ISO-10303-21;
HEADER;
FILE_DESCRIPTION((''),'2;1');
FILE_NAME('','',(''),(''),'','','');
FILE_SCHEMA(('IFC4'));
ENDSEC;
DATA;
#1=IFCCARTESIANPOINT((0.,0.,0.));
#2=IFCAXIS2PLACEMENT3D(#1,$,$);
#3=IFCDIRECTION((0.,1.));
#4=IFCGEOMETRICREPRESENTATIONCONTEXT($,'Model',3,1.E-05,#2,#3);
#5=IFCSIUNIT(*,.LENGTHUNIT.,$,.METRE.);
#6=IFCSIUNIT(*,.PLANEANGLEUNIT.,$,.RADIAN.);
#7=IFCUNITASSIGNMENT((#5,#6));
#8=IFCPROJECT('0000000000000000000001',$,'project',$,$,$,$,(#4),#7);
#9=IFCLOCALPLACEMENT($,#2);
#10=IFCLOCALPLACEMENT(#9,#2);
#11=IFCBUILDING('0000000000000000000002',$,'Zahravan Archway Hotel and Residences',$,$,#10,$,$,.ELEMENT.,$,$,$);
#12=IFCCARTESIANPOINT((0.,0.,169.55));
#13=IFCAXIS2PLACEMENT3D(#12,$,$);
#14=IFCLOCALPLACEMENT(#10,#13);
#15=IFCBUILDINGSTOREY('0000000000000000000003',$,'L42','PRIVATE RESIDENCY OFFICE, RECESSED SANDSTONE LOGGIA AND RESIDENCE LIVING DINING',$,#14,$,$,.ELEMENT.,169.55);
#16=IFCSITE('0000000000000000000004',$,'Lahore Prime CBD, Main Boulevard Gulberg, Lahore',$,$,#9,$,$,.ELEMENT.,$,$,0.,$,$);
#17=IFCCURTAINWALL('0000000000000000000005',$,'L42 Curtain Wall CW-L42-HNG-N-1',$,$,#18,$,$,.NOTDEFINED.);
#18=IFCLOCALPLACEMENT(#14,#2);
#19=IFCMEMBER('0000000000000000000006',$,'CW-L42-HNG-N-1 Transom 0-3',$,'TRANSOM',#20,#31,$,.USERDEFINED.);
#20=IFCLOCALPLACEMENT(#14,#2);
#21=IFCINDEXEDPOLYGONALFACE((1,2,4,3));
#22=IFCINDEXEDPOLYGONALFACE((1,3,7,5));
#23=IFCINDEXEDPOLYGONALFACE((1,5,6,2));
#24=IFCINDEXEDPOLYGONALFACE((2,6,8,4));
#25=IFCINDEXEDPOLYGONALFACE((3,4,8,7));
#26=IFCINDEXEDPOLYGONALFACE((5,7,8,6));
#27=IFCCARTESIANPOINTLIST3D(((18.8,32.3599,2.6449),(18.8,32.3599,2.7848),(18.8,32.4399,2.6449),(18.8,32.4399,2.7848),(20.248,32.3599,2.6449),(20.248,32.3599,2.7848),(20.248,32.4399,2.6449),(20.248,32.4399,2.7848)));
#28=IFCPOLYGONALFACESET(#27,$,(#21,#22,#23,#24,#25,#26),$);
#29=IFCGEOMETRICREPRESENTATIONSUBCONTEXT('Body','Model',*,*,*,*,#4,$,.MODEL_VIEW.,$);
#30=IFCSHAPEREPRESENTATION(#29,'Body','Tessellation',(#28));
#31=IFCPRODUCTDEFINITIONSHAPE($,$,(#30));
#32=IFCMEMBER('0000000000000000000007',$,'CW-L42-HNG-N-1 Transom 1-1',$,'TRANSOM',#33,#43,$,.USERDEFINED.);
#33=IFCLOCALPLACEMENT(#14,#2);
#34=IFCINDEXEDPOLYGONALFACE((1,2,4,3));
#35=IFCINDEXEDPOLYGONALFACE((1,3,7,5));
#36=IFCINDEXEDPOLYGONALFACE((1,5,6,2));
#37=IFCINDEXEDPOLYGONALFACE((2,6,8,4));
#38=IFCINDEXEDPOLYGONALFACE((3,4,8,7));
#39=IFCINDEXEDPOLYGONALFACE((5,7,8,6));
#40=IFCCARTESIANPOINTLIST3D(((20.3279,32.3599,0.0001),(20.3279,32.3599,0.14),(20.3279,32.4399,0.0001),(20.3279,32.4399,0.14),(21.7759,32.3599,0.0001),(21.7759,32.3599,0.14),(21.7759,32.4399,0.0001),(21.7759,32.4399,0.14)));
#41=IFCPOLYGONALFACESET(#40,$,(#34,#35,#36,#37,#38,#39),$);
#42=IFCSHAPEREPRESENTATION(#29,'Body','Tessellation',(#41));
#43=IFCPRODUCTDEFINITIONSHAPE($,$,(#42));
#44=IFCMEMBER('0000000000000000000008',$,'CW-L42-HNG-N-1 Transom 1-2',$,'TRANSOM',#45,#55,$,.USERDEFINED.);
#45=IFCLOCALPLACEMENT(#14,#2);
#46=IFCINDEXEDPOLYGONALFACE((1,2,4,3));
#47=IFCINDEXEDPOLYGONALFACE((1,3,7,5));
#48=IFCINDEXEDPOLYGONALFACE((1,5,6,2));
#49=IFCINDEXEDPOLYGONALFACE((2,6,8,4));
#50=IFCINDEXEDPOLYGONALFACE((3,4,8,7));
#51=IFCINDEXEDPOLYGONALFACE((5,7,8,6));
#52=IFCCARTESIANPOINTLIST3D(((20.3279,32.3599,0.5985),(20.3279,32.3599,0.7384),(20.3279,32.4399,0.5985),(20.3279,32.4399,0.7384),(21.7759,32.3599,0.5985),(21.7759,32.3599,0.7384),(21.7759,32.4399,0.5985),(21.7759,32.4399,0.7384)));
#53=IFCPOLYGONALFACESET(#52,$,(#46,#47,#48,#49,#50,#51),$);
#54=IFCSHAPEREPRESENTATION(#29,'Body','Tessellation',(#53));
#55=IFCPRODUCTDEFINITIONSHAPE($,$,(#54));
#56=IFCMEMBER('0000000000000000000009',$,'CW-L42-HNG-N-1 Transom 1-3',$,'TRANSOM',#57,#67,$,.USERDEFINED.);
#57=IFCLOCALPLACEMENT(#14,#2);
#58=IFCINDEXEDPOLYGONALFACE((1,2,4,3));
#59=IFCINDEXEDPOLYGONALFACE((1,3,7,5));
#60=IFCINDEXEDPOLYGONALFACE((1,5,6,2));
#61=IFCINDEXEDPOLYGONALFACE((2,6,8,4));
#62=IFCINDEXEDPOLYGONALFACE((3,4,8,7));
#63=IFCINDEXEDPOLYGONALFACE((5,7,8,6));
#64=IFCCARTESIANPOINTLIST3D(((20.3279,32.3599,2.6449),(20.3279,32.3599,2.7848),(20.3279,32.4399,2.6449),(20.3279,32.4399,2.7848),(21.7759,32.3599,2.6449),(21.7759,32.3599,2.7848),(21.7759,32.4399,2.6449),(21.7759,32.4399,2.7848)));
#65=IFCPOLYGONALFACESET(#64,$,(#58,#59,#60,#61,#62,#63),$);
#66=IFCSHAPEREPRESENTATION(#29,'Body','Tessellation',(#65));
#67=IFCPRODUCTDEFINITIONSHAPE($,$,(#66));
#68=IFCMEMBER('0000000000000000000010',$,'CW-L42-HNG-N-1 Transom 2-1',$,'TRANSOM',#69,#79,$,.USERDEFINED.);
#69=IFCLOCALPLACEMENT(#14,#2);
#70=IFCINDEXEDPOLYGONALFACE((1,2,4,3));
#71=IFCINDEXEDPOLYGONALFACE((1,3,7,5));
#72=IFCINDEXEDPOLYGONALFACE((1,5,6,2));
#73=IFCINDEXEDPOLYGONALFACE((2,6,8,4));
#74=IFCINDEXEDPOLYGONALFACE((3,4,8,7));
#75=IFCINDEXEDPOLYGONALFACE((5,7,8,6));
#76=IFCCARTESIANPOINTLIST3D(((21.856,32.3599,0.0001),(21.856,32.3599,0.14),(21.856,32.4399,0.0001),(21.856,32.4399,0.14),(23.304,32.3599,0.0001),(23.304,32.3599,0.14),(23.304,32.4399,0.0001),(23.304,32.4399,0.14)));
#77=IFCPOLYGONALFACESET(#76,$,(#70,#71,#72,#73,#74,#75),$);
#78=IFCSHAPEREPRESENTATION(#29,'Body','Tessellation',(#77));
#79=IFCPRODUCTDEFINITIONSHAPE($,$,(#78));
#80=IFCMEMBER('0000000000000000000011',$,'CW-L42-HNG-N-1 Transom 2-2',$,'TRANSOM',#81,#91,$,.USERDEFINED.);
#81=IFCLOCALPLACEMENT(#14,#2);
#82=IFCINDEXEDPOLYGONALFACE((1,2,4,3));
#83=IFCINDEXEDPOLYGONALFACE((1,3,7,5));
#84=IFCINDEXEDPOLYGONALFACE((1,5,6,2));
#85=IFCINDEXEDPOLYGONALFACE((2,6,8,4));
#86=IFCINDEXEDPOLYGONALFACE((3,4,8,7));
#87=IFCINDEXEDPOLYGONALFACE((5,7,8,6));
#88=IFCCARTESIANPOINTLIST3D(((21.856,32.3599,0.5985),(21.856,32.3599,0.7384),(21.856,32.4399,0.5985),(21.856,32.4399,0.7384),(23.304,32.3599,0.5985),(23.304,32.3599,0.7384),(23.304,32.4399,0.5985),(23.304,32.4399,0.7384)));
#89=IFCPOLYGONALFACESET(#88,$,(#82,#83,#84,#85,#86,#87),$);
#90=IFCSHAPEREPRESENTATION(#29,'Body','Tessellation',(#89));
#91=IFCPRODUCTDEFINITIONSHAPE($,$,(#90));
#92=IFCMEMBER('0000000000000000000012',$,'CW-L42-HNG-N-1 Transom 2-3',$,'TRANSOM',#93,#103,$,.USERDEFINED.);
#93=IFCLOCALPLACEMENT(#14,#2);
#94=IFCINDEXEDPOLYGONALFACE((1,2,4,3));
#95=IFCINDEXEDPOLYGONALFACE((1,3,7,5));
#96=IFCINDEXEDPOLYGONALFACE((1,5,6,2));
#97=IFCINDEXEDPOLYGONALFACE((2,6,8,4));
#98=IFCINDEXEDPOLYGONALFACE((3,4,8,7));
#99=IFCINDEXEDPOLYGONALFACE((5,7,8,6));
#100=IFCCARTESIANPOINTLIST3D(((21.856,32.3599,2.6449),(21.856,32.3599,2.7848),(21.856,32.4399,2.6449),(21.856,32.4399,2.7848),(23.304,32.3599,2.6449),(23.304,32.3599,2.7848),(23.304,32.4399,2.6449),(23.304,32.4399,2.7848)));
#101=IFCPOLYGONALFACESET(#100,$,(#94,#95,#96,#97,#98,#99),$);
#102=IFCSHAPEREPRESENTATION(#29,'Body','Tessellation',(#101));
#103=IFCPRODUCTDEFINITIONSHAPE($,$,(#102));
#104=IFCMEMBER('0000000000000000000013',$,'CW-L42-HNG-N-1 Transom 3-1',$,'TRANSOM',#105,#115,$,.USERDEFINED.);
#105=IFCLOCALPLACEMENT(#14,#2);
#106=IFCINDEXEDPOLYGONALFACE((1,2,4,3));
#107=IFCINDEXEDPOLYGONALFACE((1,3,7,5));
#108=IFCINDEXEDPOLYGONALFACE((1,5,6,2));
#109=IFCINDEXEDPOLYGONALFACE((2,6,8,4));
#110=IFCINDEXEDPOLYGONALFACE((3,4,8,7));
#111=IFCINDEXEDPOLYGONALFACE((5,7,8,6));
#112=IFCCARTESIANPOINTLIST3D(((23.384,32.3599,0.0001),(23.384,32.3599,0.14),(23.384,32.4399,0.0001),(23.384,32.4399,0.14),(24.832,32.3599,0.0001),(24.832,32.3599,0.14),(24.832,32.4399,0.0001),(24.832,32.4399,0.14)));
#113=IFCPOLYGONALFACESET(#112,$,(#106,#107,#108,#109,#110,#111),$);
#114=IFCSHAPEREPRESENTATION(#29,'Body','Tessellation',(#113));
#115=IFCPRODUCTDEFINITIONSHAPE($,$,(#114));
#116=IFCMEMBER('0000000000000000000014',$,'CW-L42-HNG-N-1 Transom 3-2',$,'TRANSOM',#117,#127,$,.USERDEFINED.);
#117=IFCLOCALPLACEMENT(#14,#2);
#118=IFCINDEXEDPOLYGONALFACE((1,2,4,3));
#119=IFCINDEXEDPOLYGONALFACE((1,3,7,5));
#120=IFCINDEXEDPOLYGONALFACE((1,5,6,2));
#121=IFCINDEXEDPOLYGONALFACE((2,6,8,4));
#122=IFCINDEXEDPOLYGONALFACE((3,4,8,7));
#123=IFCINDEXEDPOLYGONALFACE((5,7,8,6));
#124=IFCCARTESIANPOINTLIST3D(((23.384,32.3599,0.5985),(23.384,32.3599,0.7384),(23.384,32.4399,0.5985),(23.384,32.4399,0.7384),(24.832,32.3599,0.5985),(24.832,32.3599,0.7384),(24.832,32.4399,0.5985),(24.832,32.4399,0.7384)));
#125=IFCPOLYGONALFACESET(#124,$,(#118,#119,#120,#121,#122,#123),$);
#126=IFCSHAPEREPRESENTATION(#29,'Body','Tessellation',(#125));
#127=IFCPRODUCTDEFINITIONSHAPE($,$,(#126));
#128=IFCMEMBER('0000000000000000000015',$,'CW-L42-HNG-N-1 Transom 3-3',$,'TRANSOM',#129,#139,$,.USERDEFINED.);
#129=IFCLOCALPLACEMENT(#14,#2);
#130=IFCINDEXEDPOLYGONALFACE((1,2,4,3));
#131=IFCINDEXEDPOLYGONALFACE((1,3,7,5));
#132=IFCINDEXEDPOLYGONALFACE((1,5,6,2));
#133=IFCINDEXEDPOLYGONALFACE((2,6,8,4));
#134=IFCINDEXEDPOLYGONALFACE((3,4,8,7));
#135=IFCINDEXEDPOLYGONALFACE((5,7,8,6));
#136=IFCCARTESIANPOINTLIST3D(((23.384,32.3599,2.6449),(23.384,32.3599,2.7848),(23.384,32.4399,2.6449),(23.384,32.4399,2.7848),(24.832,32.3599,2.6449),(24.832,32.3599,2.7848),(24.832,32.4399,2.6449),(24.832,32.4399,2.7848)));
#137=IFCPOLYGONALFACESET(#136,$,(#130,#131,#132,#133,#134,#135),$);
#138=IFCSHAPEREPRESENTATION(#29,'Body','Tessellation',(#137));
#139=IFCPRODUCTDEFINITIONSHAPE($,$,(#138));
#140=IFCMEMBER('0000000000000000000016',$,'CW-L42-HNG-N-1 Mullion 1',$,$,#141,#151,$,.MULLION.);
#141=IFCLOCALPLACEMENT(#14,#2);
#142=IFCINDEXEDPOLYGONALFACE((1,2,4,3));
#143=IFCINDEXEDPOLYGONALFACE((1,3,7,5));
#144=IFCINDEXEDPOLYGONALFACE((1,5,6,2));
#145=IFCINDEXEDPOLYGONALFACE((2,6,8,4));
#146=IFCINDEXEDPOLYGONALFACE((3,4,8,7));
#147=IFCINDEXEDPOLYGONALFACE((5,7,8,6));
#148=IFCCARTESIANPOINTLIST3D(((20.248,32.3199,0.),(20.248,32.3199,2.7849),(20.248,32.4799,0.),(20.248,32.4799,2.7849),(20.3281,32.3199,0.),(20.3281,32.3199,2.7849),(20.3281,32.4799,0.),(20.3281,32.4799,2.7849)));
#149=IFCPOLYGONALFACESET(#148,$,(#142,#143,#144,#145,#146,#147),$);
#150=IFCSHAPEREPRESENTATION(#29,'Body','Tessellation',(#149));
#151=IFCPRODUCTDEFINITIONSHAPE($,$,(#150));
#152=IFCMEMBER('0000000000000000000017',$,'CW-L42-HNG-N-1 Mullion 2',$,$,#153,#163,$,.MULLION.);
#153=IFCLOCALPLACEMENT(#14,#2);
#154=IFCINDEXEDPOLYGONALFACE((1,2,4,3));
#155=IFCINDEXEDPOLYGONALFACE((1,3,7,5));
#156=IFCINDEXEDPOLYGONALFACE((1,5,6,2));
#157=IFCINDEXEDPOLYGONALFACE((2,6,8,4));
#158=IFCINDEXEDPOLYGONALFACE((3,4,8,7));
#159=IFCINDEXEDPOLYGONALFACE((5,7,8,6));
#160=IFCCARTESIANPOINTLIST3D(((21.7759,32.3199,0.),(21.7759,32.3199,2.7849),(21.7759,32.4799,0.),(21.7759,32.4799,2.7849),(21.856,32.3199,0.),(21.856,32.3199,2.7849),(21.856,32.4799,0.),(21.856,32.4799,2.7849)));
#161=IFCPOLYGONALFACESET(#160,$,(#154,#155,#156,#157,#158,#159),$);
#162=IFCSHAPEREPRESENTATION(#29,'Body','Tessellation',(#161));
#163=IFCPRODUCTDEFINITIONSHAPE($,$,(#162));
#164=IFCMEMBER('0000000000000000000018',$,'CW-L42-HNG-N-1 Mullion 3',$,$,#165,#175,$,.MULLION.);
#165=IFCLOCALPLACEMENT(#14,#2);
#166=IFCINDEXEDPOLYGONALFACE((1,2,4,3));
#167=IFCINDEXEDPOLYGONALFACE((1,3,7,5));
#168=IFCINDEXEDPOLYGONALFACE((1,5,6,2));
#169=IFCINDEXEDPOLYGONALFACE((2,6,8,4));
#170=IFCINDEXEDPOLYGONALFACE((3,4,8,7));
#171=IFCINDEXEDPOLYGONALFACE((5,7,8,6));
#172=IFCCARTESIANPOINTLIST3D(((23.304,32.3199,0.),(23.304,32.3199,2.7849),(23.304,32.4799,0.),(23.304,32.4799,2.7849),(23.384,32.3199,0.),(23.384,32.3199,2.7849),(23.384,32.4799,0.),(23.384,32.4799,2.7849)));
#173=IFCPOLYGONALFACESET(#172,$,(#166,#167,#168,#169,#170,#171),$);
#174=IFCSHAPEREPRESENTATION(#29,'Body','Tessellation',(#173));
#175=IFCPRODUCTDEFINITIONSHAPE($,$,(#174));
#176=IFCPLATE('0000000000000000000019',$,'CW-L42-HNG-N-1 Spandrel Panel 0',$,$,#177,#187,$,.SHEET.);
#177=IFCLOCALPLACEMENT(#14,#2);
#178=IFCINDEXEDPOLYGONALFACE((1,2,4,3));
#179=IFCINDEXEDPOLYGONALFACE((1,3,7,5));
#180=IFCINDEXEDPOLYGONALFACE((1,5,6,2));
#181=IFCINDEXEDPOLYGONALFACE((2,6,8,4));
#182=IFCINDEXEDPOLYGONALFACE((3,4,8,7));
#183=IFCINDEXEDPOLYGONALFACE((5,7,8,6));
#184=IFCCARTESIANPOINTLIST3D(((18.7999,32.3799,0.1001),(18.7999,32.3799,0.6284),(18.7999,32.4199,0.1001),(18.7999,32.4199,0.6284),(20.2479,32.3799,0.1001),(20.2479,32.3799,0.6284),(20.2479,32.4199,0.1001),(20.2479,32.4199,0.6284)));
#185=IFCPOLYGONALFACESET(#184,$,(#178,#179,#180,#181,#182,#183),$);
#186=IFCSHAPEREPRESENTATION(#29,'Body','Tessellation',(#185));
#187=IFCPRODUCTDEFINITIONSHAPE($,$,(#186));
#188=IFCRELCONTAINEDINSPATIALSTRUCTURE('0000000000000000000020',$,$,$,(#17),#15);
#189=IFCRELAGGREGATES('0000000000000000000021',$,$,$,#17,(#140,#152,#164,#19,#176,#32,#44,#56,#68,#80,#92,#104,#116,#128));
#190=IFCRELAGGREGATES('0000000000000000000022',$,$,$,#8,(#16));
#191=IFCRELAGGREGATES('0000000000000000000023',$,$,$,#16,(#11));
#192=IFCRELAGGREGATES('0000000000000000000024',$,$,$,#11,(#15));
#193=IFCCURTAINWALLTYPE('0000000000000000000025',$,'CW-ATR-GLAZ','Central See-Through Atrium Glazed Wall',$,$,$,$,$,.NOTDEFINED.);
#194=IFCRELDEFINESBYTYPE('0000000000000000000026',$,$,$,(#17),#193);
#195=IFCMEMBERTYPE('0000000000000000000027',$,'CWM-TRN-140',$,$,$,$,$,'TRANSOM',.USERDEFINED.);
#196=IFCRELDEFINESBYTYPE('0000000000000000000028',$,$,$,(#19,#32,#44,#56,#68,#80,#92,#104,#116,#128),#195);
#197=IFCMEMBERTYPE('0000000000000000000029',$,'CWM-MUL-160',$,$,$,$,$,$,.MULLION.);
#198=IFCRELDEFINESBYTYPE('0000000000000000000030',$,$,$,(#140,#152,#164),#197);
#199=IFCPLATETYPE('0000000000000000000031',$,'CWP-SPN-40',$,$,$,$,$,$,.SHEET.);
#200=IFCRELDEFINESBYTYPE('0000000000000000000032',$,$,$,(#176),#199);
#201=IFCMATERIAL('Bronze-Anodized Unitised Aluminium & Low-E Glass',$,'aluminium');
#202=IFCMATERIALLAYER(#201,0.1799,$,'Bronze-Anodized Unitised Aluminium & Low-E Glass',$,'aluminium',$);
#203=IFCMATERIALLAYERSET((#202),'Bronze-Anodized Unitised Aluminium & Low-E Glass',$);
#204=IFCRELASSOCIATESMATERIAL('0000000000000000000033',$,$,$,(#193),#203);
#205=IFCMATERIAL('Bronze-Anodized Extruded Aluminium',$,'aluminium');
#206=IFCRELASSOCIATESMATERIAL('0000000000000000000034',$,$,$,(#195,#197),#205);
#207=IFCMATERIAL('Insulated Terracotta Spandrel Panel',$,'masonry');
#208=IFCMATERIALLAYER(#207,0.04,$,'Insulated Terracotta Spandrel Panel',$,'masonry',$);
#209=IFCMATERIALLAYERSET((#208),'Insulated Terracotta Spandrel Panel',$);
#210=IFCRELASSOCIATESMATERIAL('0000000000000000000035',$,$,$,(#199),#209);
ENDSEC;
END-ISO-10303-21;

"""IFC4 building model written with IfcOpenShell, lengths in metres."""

from ifc_helpers import new_model, si_unit, direction, frame, origin, origin_2d, place, context, subcontext, project, spatial, rectangle, extrude, source, transform, mapped, material, layer, layer_set, material_profile, profile_set, type_object, element, aggregate, save


model = new_model("IFC4")

# Units and contexts
model_context = context("Model", 3, precision=1e-05, world=origin(), true_north=direction((0.0, 1.0)))
body_context = subcontext(model_context, "Body", "Model", "MODEL_VIEW")
ifc_project = project(units=[si_unit("LENGTHUNIT", "METRE"), si_unit("PLANEANGLEUNIT", "RADIAN")], contexts=[model_context])

# Site, building, storey
site_placement = place(None, origin())
site = spatial("IfcSite", under=ifc_project, at=site_placement, Name="Lahore Prime CBD, Main Boulevard Gulberg, Lahore", CompositionType="ELEMENT", RefElevation=0.0)
building_placement = place(site_placement, origin())
building = spatial("IfcBuilding", under=site, at=building_placement, Name="Zahravan Archway Hotel and Residences", CompositionType="ELEMENT")
storey_placement = place(building_placement, frame((0.0, 0.0, 169.55)))
storey = spatial("IfcBuildingStorey", under=building, at=storey_placement, Name="L42", Description="PRIVATE RESIDENCY OFFICE, RECESSED SANDSTONE LOGGIA AND RESIDENCE LIVING DINING", CompositionType="ELEMENT", Elevation=169.55)

# Curtain wall, members, plate
ifc_material_1 = material(Name="Bronze-Anodized Unitised Aluminium & Low-E Glass", Category="aluminium")
ifc_layer_1 = layer(ifc_material_1, 0.1799, Name="Bronze-Anodized Unitised Aluminium & Low-E Glass", Category="aluminium")
ifc_layer_set_1 = layer_set([ifc_layer_1], Name="Bronze-Anodized Unitised Aluminium & Low-E Glass")
curtain_wall_type = type_object("IfcCurtainWallType", Name="CW-ATR-GLAZ", Description="Central See-Through Atrium Glazed Wall", PredefinedType="NOTDEFINED", material=ifc_layer_set_1)
curtain_wall_placement = place(storey_placement, origin())
curtain_wall = element("IfcCurtainWall", 1, at=curtain_wall_placement, inside=storey, type_object=curtain_wall_type, Name="L42 Curtain Wall CW-L42-HNG-N-1", PredefinedType="NOTDEFINED")
ifc_material_2 = material(Name="Bronze-Anodized Extruded Aluminium", Category="aluminium")
ifc_material_profile_1 = material_profile(ifc_material_2, rectangle(XDim=0.0801, YDim=0.1399, at=origin_2d()), Name="TRN 80x140", Category="aluminium")
ifc_profile_set_1 = profile_set([ifc_material_profile_1], Name="Bronze-Anodized Extruded Aluminium")
member_type_1 = type_object("IfcMemberType", Name="CWM-TRN-140", ElementType="TRANSOM", PredefinedType="USERDEFINED", material=ifc_profile_set_1)
shared_shape_1 = source(origin(), body_context, "Body", "SweptSolid", [
    extrude(rectangle(XDim=0.0801, YDim=0.1399, at=origin_2d()), origin(), (0.0, 0.0, 1.0), 1.448),
])
member_1_placement = place(storey_placement, frame((18.8, 32.3999, 2.7148), z_axis=(1.0, 0.0, 0.0), x_axis=(0.0, 1.0, 0.0)))
member_1 = element("IfcMember", 2, at=member_1_placement, type_object=member_type_1, Name="CW-L42-HNG-N-1 Transom 0-3", ObjectType="TRANSOM", PredefinedType="USERDEFINED", context=body_context, shape_type="MappedRepresentation", body=[
    mapped(shared_shape_1, transform((0.0, 0.0, 0.0), scale=1.0)),
])
member_2_placement = place(storey_placement, frame((20.3279, 32.3999, 0.0701), z_axis=(1.0, 0.0, 0.0), x_axis=(0.0, 1.0, 0.0)))
member_2 = element("IfcMember", 3, at=member_2_placement, type_object=member_type_1, Name="CW-L42-HNG-N-1 Transom 1-1", ObjectType="TRANSOM", PredefinedType="USERDEFINED", context=body_context, shape_type="MappedRepresentation", body=[
    mapped(shared_shape_1, transform((0.0, 0.0, 0.0), scale=1.0)),
])
member_3_placement = place(storey_placement, frame((20.3279, 32.3999, 0.6685), z_axis=(1.0, 0.0, 0.0), x_axis=(0.0, 1.0, 0.0)))
member_3 = element("IfcMember", 4, at=member_3_placement, type_object=member_type_1, Name="CW-L42-HNG-N-1 Transom 1-2", ObjectType="TRANSOM", PredefinedType="USERDEFINED", context=body_context, shape_type="MappedRepresentation", body=[
    mapped(shared_shape_1, transform((0.0, 0.0, 0.0), scale=1.0)),
])
member_4_placement = place(storey_placement, frame((20.3279, 32.3999, 2.7148), z_axis=(1.0, 0.0, 0.0), x_axis=(0.0, 1.0, 0.0)))
member_4 = element("IfcMember", 5, at=member_4_placement, type_object=member_type_1, Name="CW-L42-HNG-N-1 Transom 1-3", ObjectType="TRANSOM", PredefinedType="USERDEFINED", context=body_context, shape_type="MappedRepresentation", body=[
    mapped(shared_shape_1, transform((0.0, 0.0, 0.0), scale=1.0)),
])
member_5_placement = place(storey_placement, frame((21.856, 32.3999, 0.0701), z_axis=(1.0, 0.0, 0.0), x_axis=(0.0, 1.0, 0.0)))
member_5 = element("IfcMember", 6, at=member_5_placement, type_object=member_type_1, Name="CW-L42-HNG-N-1 Transom 2-1", ObjectType="TRANSOM", PredefinedType="USERDEFINED", context=body_context, shape_type="MappedRepresentation", body=[
    mapped(shared_shape_1, transform((0.0, 0.0, 0.0), scale=1.0)),
])
member_6_placement = place(storey_placement, frame((21.856, 32.3999, 0.6685), z_axis=(1.0, 0.0, 0.0), x_axis=(0.0, 1.0, 0.0)))
member_6 = element("IfcMember", 7, at=member_6_placement, type_object=member_type_1, Name="CW-L42-HNG-N-1 Transom 2-2", ObjectType="TRANSOM", PredefinedType="USERDEFINED", context=body_context, shape_type="MappedRepresentation", body=[
    mapped(shared_shape_1, transform((0.0, 0.0, 0.0), scale=1.0)),
])
member_7_placement = place(storey_placement, frame((21.856, 32.3999, 2.7148), z_axis=(1.0, 0.0, 0.0), x_axis=(0.0, 1.0, 0.0)))
member_7 = element("IfcMember", 8, at=member_7_placement, type_object=member_type_1, Name="CW-L42-HNG-N-1 Transom 2-3", ObjectType="TRANSOM", PredefinedType="USERDEFINED", context=body_context, shape_type="MappedRepresentation", body=[
    mapped(shared_shape_1, transform((0.0, 0.0, 0.0), scale=1.0)),
])
member_8_placement = place(storey_placement, frame((23.384, 32.3999, 0.0701), z_axis=(1.0, 0.0, 0.0), x_axis=(0.0, 1.0, 0.0)))
member_8 = element("IfcMember", 9, at=member_8_placement, type_object=member_type_1, Name="CW-L42-HNG-N-1 Transom 3-1", ObjectType="TRANSOM", PredefinedType="USERDEFINED", context=body_context, shape_type="MappedRepresentation", body=[
    mapped(shared_shape_1, transform((0.0, 0.0, 0.0), scale=1.0)),
])
member_9_placement = place(storey_placement, frame((23.384, 32.3999, 0.6685), z_axis=(1.0, 0.0, 0.0), x_axis=(0.0, 1.0, 0.0)))
member_9 = element("IfcMember", 10, at=member_9_placement, type_object=member_type_1, Name="CW-L42-HNG-N-1 Transom 3-2", ObjectType="TRANSOM", PredefinedType="USERDEFINED", context=body_context, shape_type="MappedRepresentation", body=[
    mapped(shared_shape_1, transform((0.0, 0.0, 0.0), scale=1.0)),
])
member_10_placement = place(storey_placement, frame((23.384, 32.3999, 2.7148), z_axis=(1.0, 0.0, 0.0), x_axis=(0.0, 1.0, 0.0)))
member_10 = element("IfcMember", 11, at=member_10_placement, type_object=member_type_1, Name="CW-L42-HNG-N-1 Transom 3-3", ObjectType="TRANSOM", PredefinedType="USERDEFINED", context=body_context, shape_type="MappedRepresentation", body=[
    mapped(shared_shape_1, transform((0.0, 0.0, 0.0), scale=1.0)),
])
ifc_material_profile_2 = material_profile(ifc_material_2, rectangle(XDim=0.0801, YDim=0.1599, at=origin_2d()), Name="MUL 80x160", Category="aluminium")
ifc_profile_set_2 = profile_set([ifc_material_profile_2], Name="Bronze-Anodized Extruded Aluminium")
member_type_2 = type_object("IfcMemberType", Name="CWM-MUL-160", PredefinedType="MULLION", material=ifc_profile_set_2)
shared_shape_2 = source(origin(), body_context, "Body", "SweptSolid", [
    extrude(rectangle(XDim=0.0801, YDim=0.1599, at=origin_2d()), origin(), (0.0, 0.0, 1.0), 2.7849),
])
member_11_placement = place(storey_placement, frame((20.2881, 32.3999, 0.0), z_axis=(0.0, 0.0, 1.0), x_axis=(1.0, 0.0, 0.0)))
member_11 = element("IfcMember", 12, at=member_11_placement, type_object=member_type_2, Name="CW-L42-HNG-N-1 Mullion 1", PredefinedType="MULLION", context=body_context, shape_type="MappedRepresentation", body=[
    mapped(shared_shape_2, transform((0.0, 0.0, 0.0), scale=1.0)),
])
member_12_placement = place(storey_placement, frame((21.8159, 32.3999, 0.0), z_axis=(0.0, 0.0, 1.0), x_axis=(1.0, 0.0, 0.0)))
member_12 = element("IfcMember", 13, at=member_12_placement, type_object=member_type_2, Name="CW-L42-HNG-N-1 Mullion 2", PredefinedType="MULLION", context=body_context, shape_type="MappedRepresentation", body=[
    mapped(shared_shape_2, transform((0.0, 0.0, 0.0), scale=1.0)),
])
member_13_placement = place(storey_placement, frame((23.344, 32.3999, 0.0), z_axis=(0.0, 0.0, 1.0), x_axis=(1.0, 0.0, 0.0)))
member_13 = element("IfcMember", 14, at=member_13_placement, type_object=member_type_2, Name="CW-L42-HNG-N-1 Mullion 3", PredefinedType="MULLION", context=body_context, shape_type="MappedRepresentation", body=[
    mapped(shared_shape_2, transform((0.0, 0.0, 0.0), scale=1.0)),
])
ifc_material_3 = material(Name="Insulated Terracotta Spandrel Panel", Category="masonry")
ifc_layer_2 = layer(ifc_material_3, 0.04, Name="Insulated Terracotta Spandrel Panel", Category="masonry")
ifc_layer_set_2 = layer_set([ifc_layer_2], Name="Insulated Terracotta Spandrel Panel")
plate_type_1 = type_object("IfcPlateType", Name="CWP-SPN-40", PredefinedType="SHEET", material=ifc_layer_set_2)
shared_shape_3 = source(origin(), body_context, "Body", "SweptSolid", [
    extrude(rectangle(XDim=1.448, YDim=0.04, at=origin_2d()), origin(), (0.0, 0.0, 1.0), 0.5283),
])
plate_1_placement = place(storey_placement, frame((19.5239, 32.3999, 0.1001), z_axis=(0.0, 0.0, 1.0), x_axis=(1.0, 0.0, 0.0)))
plate_1 = element("IfcPlate", 15, at=plate_1_placement, type_object=plate_type_1, Name="CW-L42-HNG-N-1 Spandrel Panel 0", PredefinedType="SHEET", context=body_context, shape_type="MappedRepresentation", body=[
    mapped(shared_shape_3, transform((0.0, 0.0, 0.0), scale=1.0)),
])
aggregate(curtain_wall, [member_11, member_12, member_13, member_1, plate_1, member_2, member_3, member_4, member_5, member_6, member_7, member_8, member_9, member_10])

save(model, "model.ifc")
